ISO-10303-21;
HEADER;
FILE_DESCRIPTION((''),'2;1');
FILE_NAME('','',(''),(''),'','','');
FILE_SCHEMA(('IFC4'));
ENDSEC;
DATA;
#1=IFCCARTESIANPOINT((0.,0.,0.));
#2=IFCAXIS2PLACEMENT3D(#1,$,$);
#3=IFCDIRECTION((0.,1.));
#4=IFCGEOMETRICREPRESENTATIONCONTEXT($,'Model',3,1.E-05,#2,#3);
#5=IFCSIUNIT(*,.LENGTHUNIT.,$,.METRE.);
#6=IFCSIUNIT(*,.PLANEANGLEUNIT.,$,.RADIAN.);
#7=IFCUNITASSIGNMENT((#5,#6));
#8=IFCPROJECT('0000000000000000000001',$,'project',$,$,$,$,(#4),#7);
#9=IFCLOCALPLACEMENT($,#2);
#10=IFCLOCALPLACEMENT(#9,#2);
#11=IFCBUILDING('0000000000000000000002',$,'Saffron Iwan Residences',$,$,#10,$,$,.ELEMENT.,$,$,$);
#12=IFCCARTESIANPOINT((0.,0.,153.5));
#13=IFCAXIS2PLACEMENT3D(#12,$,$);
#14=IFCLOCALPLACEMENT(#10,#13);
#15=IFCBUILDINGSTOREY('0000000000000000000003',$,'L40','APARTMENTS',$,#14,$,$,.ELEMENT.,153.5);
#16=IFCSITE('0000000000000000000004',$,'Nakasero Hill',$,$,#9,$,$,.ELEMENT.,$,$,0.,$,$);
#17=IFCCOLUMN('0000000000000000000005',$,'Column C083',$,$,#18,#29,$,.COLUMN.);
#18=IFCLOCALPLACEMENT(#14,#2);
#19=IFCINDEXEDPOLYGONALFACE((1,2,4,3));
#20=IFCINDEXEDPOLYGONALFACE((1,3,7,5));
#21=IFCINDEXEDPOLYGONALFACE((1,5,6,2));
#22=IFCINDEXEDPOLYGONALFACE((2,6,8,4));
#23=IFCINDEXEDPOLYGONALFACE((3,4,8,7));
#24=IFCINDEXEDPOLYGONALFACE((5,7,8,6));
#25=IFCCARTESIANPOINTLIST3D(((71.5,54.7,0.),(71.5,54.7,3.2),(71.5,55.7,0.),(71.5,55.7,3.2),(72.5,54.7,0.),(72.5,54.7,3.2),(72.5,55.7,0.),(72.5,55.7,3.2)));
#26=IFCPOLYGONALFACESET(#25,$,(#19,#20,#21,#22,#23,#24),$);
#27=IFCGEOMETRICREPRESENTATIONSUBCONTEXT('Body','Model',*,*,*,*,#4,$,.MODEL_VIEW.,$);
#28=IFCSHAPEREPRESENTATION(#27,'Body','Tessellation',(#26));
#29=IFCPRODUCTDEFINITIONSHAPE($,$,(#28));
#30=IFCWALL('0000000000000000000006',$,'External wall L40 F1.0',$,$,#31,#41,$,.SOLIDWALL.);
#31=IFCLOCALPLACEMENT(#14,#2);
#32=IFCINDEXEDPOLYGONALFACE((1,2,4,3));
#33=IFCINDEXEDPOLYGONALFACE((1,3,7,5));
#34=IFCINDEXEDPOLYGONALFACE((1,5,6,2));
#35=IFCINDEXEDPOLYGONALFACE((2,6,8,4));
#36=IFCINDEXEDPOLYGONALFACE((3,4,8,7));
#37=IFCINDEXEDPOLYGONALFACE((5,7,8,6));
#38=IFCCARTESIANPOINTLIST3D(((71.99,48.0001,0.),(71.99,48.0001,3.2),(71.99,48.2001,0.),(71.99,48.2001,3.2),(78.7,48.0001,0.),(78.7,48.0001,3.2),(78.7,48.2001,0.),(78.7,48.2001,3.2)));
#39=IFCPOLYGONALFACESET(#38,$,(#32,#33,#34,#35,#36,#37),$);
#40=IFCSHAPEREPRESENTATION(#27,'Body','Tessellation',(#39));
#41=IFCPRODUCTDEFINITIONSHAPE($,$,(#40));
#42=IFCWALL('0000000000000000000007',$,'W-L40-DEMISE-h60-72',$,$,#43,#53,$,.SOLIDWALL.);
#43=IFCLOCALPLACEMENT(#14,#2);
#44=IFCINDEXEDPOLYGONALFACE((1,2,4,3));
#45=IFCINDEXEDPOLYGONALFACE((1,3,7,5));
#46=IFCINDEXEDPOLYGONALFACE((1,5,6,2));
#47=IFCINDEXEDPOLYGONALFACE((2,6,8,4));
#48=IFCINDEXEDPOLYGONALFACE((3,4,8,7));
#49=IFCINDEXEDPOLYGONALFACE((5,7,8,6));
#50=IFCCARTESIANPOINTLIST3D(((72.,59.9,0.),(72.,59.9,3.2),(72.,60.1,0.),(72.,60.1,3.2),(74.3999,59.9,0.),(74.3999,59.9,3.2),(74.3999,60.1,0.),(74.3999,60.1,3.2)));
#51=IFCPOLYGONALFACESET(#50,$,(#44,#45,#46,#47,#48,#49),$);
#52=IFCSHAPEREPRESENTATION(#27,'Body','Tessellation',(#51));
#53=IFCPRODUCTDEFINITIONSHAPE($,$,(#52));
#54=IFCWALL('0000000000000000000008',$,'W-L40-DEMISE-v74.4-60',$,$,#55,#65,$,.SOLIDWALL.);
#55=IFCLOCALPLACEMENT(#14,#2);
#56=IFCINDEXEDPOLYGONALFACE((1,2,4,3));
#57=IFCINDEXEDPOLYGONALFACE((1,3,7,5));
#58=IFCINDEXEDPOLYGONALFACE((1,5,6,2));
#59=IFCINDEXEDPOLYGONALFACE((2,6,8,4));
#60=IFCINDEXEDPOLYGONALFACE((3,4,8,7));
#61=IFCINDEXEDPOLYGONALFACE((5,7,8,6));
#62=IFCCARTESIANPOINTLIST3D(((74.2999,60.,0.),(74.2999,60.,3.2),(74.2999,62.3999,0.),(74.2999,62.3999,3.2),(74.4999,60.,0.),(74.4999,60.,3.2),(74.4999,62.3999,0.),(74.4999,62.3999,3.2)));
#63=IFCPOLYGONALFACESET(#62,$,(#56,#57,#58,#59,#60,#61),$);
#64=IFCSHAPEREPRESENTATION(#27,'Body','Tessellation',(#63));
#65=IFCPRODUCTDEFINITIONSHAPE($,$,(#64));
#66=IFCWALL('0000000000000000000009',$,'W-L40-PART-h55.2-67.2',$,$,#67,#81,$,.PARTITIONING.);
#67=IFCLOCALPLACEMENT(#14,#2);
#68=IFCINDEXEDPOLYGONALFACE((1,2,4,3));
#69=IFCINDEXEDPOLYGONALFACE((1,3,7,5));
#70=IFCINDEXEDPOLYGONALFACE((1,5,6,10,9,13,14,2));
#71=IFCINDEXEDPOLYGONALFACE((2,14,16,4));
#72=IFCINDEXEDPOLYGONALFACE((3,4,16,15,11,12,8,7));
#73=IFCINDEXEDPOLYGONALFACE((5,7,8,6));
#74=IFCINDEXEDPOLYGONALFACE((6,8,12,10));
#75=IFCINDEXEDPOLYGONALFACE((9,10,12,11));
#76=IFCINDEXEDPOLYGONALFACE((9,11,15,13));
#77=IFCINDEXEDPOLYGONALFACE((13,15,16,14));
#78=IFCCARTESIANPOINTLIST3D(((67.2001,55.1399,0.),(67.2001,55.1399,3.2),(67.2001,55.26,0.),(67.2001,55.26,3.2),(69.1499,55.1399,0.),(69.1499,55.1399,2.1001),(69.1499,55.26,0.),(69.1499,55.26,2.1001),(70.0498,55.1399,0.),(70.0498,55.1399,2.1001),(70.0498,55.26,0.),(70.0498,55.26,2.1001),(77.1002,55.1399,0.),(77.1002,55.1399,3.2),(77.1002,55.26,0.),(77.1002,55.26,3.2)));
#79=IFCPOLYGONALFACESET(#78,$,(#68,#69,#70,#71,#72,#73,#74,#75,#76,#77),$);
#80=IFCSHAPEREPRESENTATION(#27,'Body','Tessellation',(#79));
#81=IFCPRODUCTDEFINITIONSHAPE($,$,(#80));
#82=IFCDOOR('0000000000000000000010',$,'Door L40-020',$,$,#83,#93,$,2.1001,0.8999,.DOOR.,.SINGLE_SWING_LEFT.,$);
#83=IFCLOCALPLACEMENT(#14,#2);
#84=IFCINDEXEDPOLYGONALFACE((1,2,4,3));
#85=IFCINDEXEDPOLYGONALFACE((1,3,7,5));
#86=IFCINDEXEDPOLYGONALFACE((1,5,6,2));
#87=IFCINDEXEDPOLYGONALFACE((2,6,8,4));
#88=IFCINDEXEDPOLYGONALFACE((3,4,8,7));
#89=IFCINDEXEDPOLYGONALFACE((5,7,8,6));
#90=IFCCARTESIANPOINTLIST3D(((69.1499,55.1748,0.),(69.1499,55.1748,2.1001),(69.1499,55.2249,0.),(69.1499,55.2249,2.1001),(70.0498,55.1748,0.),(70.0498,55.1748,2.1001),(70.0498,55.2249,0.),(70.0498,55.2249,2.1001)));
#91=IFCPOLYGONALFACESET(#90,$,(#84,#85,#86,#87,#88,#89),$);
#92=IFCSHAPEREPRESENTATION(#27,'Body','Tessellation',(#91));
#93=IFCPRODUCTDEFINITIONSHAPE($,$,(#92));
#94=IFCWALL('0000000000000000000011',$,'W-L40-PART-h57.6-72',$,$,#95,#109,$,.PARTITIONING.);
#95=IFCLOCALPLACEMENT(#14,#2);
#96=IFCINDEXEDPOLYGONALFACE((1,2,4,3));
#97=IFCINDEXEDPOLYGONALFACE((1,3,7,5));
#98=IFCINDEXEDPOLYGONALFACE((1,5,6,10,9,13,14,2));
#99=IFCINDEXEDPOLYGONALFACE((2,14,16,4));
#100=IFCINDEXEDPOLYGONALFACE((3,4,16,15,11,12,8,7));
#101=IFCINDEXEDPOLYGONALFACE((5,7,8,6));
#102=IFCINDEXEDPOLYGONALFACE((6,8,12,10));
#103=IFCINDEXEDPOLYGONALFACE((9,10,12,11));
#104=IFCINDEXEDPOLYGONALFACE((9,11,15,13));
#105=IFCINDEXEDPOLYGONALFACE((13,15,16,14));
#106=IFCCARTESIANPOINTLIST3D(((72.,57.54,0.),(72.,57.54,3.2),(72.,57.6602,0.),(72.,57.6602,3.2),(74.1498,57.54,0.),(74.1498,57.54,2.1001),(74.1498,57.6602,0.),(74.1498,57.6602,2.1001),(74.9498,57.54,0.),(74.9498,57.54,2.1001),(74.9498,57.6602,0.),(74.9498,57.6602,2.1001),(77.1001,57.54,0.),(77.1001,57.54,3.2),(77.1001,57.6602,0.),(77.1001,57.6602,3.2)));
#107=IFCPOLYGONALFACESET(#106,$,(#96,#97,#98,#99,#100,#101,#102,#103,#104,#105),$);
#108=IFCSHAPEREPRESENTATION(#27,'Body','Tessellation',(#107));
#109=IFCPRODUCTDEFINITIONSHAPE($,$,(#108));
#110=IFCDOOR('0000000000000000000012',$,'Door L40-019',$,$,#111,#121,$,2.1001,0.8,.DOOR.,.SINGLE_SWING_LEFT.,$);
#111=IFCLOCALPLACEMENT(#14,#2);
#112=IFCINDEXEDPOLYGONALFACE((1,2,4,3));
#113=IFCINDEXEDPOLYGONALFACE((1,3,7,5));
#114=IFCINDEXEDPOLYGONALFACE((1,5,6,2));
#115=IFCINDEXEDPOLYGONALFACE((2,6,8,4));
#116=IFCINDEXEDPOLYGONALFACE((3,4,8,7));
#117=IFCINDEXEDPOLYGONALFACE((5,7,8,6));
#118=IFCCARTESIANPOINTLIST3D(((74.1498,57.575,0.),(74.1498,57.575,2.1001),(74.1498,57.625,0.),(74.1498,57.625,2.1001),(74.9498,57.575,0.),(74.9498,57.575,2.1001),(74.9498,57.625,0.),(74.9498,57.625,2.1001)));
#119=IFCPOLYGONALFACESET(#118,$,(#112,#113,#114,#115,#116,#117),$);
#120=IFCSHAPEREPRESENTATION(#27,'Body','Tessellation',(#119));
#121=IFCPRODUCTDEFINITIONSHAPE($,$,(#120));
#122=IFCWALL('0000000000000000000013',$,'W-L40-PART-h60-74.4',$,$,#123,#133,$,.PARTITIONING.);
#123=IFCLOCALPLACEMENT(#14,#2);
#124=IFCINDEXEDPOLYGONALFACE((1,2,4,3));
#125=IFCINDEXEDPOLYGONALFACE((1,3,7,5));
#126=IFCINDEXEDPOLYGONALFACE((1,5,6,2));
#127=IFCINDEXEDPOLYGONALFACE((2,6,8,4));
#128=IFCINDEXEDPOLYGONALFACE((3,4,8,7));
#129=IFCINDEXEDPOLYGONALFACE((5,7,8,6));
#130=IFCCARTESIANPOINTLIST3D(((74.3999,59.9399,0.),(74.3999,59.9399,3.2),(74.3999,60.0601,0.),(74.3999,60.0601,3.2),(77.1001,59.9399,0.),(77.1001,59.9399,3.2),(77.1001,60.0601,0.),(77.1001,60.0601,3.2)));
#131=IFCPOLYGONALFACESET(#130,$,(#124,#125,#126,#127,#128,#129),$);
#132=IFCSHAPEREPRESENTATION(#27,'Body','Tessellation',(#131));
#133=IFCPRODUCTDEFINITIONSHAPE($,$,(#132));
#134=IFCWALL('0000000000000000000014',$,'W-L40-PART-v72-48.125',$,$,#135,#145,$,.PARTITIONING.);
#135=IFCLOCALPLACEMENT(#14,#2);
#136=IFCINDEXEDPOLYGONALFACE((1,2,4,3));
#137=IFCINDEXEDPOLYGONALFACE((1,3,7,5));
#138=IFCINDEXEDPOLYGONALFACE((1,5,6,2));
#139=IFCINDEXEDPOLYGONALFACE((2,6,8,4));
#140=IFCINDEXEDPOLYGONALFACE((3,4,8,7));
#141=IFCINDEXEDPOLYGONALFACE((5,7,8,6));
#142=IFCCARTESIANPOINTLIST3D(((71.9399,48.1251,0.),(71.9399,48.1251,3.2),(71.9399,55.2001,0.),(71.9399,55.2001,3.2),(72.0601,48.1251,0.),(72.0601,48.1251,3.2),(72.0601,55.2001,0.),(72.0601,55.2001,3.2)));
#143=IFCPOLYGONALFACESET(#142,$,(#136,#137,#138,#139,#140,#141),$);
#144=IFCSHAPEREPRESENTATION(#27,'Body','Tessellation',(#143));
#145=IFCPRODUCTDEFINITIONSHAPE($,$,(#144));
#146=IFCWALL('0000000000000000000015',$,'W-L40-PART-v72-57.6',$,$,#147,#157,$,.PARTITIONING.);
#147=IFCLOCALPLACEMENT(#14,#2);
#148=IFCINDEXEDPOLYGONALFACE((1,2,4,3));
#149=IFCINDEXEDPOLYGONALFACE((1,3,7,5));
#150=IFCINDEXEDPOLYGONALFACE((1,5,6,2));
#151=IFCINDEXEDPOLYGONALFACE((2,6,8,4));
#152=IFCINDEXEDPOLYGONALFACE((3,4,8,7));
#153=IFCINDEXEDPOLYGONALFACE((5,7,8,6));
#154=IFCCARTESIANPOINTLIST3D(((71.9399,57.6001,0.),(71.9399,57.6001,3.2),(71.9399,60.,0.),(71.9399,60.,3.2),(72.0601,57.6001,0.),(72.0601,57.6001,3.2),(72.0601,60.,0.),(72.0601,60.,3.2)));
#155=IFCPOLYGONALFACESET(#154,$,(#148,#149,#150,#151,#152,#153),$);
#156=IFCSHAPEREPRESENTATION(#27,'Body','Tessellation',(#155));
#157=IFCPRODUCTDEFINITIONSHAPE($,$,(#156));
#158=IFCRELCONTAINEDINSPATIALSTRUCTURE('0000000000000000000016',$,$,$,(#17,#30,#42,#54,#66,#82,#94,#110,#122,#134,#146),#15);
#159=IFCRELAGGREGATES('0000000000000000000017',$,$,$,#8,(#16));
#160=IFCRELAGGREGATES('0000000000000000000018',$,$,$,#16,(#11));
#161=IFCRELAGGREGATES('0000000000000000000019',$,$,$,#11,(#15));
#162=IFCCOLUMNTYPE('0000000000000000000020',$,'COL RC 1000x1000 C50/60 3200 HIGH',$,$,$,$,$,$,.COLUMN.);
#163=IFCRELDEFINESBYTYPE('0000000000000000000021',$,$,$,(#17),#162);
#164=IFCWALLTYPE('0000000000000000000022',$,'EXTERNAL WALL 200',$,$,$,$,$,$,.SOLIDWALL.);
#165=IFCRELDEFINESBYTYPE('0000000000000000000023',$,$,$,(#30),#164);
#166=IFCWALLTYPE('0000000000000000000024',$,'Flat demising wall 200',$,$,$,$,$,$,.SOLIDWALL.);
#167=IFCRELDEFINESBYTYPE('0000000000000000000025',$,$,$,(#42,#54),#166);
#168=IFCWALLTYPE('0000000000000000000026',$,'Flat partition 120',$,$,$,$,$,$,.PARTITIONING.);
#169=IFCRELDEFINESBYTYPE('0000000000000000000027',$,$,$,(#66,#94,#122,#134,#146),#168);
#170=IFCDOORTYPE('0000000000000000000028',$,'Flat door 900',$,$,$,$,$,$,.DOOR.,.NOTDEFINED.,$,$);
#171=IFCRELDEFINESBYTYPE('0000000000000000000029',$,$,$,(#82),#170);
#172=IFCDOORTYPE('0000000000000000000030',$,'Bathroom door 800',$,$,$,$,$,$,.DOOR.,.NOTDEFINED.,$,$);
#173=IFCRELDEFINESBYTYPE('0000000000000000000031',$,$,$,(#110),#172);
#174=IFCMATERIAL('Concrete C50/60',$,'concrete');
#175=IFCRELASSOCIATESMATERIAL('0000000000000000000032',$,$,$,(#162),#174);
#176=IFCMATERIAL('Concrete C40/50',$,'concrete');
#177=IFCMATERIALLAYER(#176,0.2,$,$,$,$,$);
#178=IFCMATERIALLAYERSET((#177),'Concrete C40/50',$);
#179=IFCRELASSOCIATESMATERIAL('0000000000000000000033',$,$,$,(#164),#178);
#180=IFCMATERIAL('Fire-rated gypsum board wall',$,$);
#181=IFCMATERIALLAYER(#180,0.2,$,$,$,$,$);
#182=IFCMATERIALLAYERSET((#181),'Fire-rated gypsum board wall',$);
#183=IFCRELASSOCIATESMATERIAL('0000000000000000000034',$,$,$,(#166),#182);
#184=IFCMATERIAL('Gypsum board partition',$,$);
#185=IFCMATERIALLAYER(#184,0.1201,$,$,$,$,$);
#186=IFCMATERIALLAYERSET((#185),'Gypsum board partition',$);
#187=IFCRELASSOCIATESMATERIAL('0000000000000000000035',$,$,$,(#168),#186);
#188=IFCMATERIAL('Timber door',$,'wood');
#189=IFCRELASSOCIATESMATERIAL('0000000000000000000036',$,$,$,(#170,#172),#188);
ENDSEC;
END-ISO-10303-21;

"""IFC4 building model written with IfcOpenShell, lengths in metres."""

from ifc_helpers import new_model, si_unit, direction, frame, frame_2d, origin, origin_2d, place, context, subcontext, project, spatial, rectangle, extrude, source, transform, mapped, material, layer, layer_set, material_profile, profile_set, type_object, element, fill, save


model = new_model("IFC4")

# Units and contexts
model_context = context("Model", 3, precision=1e-05, world=origin(), true_north=direction((0.0, 1.0)))
body_context = subcontext(model_context, "Body", "Model", "MODEL_VIEW")
ifc_project = project(units=[si_unit("LENGTHUNIT", "METRE"), si_unit("PLANEANGLEUNIT", "RADIAN")], contexts=[model_context])

# Site, building, storey
site_placement = place(None, origin())
site = spatial("IfcSite", under=ifc_project, at=site_placement, Name="Nakasero Hill", CompositionType="ELEMENT", RefElevation=0.0)
building_placement = place(site_placement, origin())
building = spatial("IfcBuilding", under=site, at=building_placement, Name="Saffron Iwan Residences", CompositionType="ELEMENT")
storey_placement = place(building_placement, frame((0.0, 0.0, 153.5)))
storey = spatial("IfcBuildingStorey", under=building, at=storey_placement, Name="L40", Description="APARTMENTS", CompositionType="ELEMENT", Elevation=153.5)

# Column
ifc_material_1 = material(Name="Concrete C50/60", Category="concrete")
ifc_material_profile = material_profile(ifc_material_1, rectangle(XDim=1.0, YDim=1.0, at=origin_2d()), Name="RC 1000x1000")
ifc_profile_set = profile_set([ifc_material_profile], Name="Concrete C50/60")
column_type = type_object("IfcColumnType", Name="COL RC 1000x1000 C50/60 3200 HIGH", PredefinedType="COLUMN", material=ifc_profile_set)
shared_shape = source(origin(), body_context, "Body", "SweptSolid", [
    extrude(rectangle(XDim=1.0, YDim=1.0, at=origin_2d()), origin(), (0.0, 0.0, 1.0), 3.2),
])
column_placement = place(storey_placement, frame((72.0, 55.2, 0.0), z_axis=(0.0, 0.0, 1.0), x_axis=(1.0, 0.0, 0.0)))
element("IfcColumn", 1, at=column_placement, inside=storey, type_object=column_type, Name="Column C083", PredefinedType="COLUMN", context=body_context, shape_type="MappedRepresentation", body=[
    mapped(shared_shape, transform((0.0, 0.0, 0.0))),
])

# Walls
ifc_material_2 = material(Name="Concrete C40/50", Category="concrete")
ifc_layer_1 = layer(ifc_material_2, 0.2)
ifc_layer_set_1 = layer_set([ifc_layer_1], Name="Concrete C40/50")
wall_type_1 = type_object("IfcWallType", Name="EXTERNAL WALL 200", PredefinedType="SOLIDWALL", material=ifc_layer_set_1)
wall_1_placement = place(storey_placement, frame((71.99, 48.1001, 0.0), z_axis=(0.0, 0.0, 1.0), x_axis=(1.0, 0.0, 0.0)))
element("IfcWall", 2, at=wall_1_placement, inside=storey, type_object=wall_type_1, Name="External wall L40 F1.0", PredefinedType="SOLIDWALL", context=body_context, shape_type="SweptSolid", body=[
    extrude(rectangle(XDim=6.71, YDim=0.2, at=frame_2d((3.355, 0.0))), origin(), (0.0, 0.0, 1.0), 3.2),
])
ifc_material_3 = material(Name="Fire-rated gypsum board wall")
ifc_layer_2 = layer(ifc_material_3, 0.2)
ifc_layer_set_2 = layer_set([ifc_layer_2], Name="Fire-rated gypsum board wall")
wall_type_2 = type_object("IfcWallType", Name="Flat demising wall 200", PredefinedType="SOLIDWALL", material=ifc_layer_set_2)
for number, where, z_axis, x_axis, name in (
    (3, (72.0, 60.0, 0.0), (0.0, 0.0, 1.0), (1.0, 0.0, 0.0), "W-L40-DEMISE-h60-72"),
    (4, (74.3999, 60.0, 0.0), (0.0, 0.0, 1.0), (0.0, 1.0, 0.0), "W-L40-DEMISE-v74.4-60"),
):
    element("IfcWall", number, at=place(storey_placement, frame(where, z_axis=z_axis, x_axis=x_axis)), inside=storey, type_object=wall_type_2, Name=name, PredefinedType="SOLIDWALL", context=body_context, shape_type="SweptSolid", body=[
        extrude(rectangle(XDim=2.3999, YDim=0.2, at=frame_2d((1.2, 0.0))), origin(), (0.0, 0.0, 1.0), 3.2),
    ])

# Walls, openings, doors
ifc_material_4 = material(Name="Gypsum board partition")
ifc_layer_3 = layer(ifc_material_4, 0.1201)
ifc_layer_set_3 = layer_set([ifc_layer_3], Name="Gypsum board partition")
wall_type_3 = type_object("IfcWallType", Name="Flat partition 120", PredefinedType="PARTITIONING", material=ifc_layer_set_3)
wall_2_placement = place(storey_placement, frame((67.2, 55.2, 0.0), z_axis=(0.0, 0.0, 1.0), x_axis=(1.0, 0.0, 0.0)))
wall_2 = element("IfcWall", 5, at=wall_2_placement, inside=storey, type_object=wall_type_3, Name="W-L40-PART-h55.2-67.2", PredefinedType="PARTITIONING", context=body_context, shape_type="SweptSolid", body=[
    extrude(rectangle(XDim=9.9001, YDim=0.1201, at=frame_2d((4.9502, 0.0))), origin(), (0.0, 0.0, 1.0), 3.2),
])
opening_1_placement = place(wall_2_placement, frame((1.95, 0.0, 0.0)))
opening_1 = element("IfcOpeningElement", 6, at=opening_1_placement, cuts=wall_2, PredefinedType="OPENING", context=body_context, shape_type="SweptSolid", body=[
    extrude(rectangle(XDim=0.8999, YDim=2.1001, at=frame_2d((0.45, 1.05))), frame((0.0, 0.0701, 0.0), z_axis=(0.0, -1.0, 0.0), x_axis=(1.0, 0.0, 0.0)), (0.0, 0.0, 1.0), 0.1401),
])
ifc_material_5 = material(Name="Timber door", Category="wood")
door_type_1 = type_object("IfcDoorType", Name="Flat door 900", OperationType="NOTDEFINED", PredefinedType="DOOR", material=ifc_material_5)
door_1_placement = place(opening_1_placement, origin())
door_1 = element("IfcDoor", 7, at=door_1_placement, inside=storey, type_object=door_type_1, Name="Door L40-020", OperationType="SINGLE_SWING_LEFT", OverallHeight=2.1001, OverallWidth=0.8999, PredefinedType="DOOR", context=body_context, shape_type="SweptSolid", body=[
    extrude(rectangle(XDim=0.8999, YDim=2.1001, at=frame_2d((0.45, 1.05))), frame((0.0, 0.0249, 0.0), z_axis=(0.0, -1.0, 0.0), x_axis=(1.0, 0.0, 0.0)), (0.0, 0.0, 1.0), 0.05),
])
fill(opening_1, door_1)
wall_3_placement = place(storey_placement, frame((72.0, 57.6001, 0.0), z_axis=(0.0, 0.0, 1.0), x_axis=(1.0, 0.0, 0.0)))
wall_3 = element("IfcWall", 8, at=wall_3_placement, inside=storey, type_object=wall_type_3, Name="W-L40-PART-h57.6-72", PredefinedType="PARTITIONING", context=body_context, shape_type="SweptSolid", body=[
    extrude(rectangle(XDim=5.1001, YDim=0.1201, at=frame_2d((2.55, 0.0))), origin(), (0.0, 0.0, 1.0), 3.2),
])
opening_2_placement = place(wall_3_placement, frame((2.1499, 0.0, 0.0)))
opening_2 = element("IfcOpeningElement", 9, at=opening_2_placement, cuts=wall_3, PredefinedType="OPENING", context=body_context, shape_type="SweptSolid", body=[
    extrude(rectangle(XDim=0.8, YDim=2.1001, at=frame_2d((0.3999, 1.05))), frame((0.0, 0.0701, 0.0), z_axis=(0.0, -1.0, 0.0), x_axis=(1.0, 0.0, 0.0)), (0.0, 0.0, 1.0), 0.1401),
])
door_type_2 = type_object("IfcDoorType", Name="Bathroom door 800", OperationType="NOTDEFINED", PredefinedType="DOOR", material=ifc_material_5)
door_2_placement = place(opening_2_placement, origin())
door_2 = element("IfcDoor", 10, at=door_2_placement, inside=storey, type_object=door_type_2, Name="Door L40-019", OperationType="SINGLE_SWING_LEFT", OverallHeight=2.1001, OverallWidth=0.8, PredefinedType="DOOR", context=body_context, shape_type="SweptSolid", body=[
    extrude(rectangle(XDim=0.8, YDim=2.1001, at=frame_2d((0.3999, 1.05))), frame((0.0, 0.0249, 0.0), z_axis=(0.0, -1.0, 0.0), x_axis=(1.0, 0.0, 0.0)), (0.0, 0.0, 1.0), 0.05),
])
fill(opening_2, door_2)

# Walls
wall_4_placement = place(storey_placement, frame((74.3999, 60.0, 0.0), z_axis=(0.0, 0.0, 1.0), x_axis=(1.0, 0.0, 0.0)))
element("IfcWall", 11, at=wall_4_placement, inside=storey, type_object=wall_type_3, Name="W-L40-PART-h60-74.4", PredefinedType="PARTITIONING", context=body_context, shape_type="SweptSolid", body=[
    extrude(rectangle(XDim=2.7002, YDim=0.1201, at=frame_2d((1.3501, 0.0))), origin(), (0.0, 0.0, 1.0), 3.2),
])
wall_5_placement = place(storey_placement, frame((72.0, 48.125, 0.0), z_axis=(0.0, 0.0, 1.0), x_axis=(0.0, 1.0, 0.0)))
element("IfcWall", 12, at=wall_5_placement, inside=storey, type_object=wall_type_3, Name="W-L40-PART-v72-48.125", PredefinedType="PARTITIONING", context=body_context, shape_type="SweptSolid", body=[
    extrude(rectangle(XDim=7.075, YDim=0.1201, at=frame_2d((3.5376, 0.0))), origin(), (0.0, 0.0, 1.0), 3.2),
])
wall_6_placement = place(storey_placement, frame((72.0, 57.6001, 0.0), z_axis=(0.0, 0.0, 1.0), x_axis=(0.0, 1.0, 0.0)))
element("IfcWall", 13, at=wall_6_placement, inside=storey, type_object=wall_type_3, Name="W-L40-PART-v72-57.6", PredefinedType="PARTITIONING", context=body_context, shape_type="SweptSolid", body=[
    extrude(rectangle(XDim=2.3999, YDim=0.1201, at=frame_2d((1.2, 0.0))), origin(), (0.0, 0.0, 1.0), 3.2),
])

save(model, "model.ifc")
